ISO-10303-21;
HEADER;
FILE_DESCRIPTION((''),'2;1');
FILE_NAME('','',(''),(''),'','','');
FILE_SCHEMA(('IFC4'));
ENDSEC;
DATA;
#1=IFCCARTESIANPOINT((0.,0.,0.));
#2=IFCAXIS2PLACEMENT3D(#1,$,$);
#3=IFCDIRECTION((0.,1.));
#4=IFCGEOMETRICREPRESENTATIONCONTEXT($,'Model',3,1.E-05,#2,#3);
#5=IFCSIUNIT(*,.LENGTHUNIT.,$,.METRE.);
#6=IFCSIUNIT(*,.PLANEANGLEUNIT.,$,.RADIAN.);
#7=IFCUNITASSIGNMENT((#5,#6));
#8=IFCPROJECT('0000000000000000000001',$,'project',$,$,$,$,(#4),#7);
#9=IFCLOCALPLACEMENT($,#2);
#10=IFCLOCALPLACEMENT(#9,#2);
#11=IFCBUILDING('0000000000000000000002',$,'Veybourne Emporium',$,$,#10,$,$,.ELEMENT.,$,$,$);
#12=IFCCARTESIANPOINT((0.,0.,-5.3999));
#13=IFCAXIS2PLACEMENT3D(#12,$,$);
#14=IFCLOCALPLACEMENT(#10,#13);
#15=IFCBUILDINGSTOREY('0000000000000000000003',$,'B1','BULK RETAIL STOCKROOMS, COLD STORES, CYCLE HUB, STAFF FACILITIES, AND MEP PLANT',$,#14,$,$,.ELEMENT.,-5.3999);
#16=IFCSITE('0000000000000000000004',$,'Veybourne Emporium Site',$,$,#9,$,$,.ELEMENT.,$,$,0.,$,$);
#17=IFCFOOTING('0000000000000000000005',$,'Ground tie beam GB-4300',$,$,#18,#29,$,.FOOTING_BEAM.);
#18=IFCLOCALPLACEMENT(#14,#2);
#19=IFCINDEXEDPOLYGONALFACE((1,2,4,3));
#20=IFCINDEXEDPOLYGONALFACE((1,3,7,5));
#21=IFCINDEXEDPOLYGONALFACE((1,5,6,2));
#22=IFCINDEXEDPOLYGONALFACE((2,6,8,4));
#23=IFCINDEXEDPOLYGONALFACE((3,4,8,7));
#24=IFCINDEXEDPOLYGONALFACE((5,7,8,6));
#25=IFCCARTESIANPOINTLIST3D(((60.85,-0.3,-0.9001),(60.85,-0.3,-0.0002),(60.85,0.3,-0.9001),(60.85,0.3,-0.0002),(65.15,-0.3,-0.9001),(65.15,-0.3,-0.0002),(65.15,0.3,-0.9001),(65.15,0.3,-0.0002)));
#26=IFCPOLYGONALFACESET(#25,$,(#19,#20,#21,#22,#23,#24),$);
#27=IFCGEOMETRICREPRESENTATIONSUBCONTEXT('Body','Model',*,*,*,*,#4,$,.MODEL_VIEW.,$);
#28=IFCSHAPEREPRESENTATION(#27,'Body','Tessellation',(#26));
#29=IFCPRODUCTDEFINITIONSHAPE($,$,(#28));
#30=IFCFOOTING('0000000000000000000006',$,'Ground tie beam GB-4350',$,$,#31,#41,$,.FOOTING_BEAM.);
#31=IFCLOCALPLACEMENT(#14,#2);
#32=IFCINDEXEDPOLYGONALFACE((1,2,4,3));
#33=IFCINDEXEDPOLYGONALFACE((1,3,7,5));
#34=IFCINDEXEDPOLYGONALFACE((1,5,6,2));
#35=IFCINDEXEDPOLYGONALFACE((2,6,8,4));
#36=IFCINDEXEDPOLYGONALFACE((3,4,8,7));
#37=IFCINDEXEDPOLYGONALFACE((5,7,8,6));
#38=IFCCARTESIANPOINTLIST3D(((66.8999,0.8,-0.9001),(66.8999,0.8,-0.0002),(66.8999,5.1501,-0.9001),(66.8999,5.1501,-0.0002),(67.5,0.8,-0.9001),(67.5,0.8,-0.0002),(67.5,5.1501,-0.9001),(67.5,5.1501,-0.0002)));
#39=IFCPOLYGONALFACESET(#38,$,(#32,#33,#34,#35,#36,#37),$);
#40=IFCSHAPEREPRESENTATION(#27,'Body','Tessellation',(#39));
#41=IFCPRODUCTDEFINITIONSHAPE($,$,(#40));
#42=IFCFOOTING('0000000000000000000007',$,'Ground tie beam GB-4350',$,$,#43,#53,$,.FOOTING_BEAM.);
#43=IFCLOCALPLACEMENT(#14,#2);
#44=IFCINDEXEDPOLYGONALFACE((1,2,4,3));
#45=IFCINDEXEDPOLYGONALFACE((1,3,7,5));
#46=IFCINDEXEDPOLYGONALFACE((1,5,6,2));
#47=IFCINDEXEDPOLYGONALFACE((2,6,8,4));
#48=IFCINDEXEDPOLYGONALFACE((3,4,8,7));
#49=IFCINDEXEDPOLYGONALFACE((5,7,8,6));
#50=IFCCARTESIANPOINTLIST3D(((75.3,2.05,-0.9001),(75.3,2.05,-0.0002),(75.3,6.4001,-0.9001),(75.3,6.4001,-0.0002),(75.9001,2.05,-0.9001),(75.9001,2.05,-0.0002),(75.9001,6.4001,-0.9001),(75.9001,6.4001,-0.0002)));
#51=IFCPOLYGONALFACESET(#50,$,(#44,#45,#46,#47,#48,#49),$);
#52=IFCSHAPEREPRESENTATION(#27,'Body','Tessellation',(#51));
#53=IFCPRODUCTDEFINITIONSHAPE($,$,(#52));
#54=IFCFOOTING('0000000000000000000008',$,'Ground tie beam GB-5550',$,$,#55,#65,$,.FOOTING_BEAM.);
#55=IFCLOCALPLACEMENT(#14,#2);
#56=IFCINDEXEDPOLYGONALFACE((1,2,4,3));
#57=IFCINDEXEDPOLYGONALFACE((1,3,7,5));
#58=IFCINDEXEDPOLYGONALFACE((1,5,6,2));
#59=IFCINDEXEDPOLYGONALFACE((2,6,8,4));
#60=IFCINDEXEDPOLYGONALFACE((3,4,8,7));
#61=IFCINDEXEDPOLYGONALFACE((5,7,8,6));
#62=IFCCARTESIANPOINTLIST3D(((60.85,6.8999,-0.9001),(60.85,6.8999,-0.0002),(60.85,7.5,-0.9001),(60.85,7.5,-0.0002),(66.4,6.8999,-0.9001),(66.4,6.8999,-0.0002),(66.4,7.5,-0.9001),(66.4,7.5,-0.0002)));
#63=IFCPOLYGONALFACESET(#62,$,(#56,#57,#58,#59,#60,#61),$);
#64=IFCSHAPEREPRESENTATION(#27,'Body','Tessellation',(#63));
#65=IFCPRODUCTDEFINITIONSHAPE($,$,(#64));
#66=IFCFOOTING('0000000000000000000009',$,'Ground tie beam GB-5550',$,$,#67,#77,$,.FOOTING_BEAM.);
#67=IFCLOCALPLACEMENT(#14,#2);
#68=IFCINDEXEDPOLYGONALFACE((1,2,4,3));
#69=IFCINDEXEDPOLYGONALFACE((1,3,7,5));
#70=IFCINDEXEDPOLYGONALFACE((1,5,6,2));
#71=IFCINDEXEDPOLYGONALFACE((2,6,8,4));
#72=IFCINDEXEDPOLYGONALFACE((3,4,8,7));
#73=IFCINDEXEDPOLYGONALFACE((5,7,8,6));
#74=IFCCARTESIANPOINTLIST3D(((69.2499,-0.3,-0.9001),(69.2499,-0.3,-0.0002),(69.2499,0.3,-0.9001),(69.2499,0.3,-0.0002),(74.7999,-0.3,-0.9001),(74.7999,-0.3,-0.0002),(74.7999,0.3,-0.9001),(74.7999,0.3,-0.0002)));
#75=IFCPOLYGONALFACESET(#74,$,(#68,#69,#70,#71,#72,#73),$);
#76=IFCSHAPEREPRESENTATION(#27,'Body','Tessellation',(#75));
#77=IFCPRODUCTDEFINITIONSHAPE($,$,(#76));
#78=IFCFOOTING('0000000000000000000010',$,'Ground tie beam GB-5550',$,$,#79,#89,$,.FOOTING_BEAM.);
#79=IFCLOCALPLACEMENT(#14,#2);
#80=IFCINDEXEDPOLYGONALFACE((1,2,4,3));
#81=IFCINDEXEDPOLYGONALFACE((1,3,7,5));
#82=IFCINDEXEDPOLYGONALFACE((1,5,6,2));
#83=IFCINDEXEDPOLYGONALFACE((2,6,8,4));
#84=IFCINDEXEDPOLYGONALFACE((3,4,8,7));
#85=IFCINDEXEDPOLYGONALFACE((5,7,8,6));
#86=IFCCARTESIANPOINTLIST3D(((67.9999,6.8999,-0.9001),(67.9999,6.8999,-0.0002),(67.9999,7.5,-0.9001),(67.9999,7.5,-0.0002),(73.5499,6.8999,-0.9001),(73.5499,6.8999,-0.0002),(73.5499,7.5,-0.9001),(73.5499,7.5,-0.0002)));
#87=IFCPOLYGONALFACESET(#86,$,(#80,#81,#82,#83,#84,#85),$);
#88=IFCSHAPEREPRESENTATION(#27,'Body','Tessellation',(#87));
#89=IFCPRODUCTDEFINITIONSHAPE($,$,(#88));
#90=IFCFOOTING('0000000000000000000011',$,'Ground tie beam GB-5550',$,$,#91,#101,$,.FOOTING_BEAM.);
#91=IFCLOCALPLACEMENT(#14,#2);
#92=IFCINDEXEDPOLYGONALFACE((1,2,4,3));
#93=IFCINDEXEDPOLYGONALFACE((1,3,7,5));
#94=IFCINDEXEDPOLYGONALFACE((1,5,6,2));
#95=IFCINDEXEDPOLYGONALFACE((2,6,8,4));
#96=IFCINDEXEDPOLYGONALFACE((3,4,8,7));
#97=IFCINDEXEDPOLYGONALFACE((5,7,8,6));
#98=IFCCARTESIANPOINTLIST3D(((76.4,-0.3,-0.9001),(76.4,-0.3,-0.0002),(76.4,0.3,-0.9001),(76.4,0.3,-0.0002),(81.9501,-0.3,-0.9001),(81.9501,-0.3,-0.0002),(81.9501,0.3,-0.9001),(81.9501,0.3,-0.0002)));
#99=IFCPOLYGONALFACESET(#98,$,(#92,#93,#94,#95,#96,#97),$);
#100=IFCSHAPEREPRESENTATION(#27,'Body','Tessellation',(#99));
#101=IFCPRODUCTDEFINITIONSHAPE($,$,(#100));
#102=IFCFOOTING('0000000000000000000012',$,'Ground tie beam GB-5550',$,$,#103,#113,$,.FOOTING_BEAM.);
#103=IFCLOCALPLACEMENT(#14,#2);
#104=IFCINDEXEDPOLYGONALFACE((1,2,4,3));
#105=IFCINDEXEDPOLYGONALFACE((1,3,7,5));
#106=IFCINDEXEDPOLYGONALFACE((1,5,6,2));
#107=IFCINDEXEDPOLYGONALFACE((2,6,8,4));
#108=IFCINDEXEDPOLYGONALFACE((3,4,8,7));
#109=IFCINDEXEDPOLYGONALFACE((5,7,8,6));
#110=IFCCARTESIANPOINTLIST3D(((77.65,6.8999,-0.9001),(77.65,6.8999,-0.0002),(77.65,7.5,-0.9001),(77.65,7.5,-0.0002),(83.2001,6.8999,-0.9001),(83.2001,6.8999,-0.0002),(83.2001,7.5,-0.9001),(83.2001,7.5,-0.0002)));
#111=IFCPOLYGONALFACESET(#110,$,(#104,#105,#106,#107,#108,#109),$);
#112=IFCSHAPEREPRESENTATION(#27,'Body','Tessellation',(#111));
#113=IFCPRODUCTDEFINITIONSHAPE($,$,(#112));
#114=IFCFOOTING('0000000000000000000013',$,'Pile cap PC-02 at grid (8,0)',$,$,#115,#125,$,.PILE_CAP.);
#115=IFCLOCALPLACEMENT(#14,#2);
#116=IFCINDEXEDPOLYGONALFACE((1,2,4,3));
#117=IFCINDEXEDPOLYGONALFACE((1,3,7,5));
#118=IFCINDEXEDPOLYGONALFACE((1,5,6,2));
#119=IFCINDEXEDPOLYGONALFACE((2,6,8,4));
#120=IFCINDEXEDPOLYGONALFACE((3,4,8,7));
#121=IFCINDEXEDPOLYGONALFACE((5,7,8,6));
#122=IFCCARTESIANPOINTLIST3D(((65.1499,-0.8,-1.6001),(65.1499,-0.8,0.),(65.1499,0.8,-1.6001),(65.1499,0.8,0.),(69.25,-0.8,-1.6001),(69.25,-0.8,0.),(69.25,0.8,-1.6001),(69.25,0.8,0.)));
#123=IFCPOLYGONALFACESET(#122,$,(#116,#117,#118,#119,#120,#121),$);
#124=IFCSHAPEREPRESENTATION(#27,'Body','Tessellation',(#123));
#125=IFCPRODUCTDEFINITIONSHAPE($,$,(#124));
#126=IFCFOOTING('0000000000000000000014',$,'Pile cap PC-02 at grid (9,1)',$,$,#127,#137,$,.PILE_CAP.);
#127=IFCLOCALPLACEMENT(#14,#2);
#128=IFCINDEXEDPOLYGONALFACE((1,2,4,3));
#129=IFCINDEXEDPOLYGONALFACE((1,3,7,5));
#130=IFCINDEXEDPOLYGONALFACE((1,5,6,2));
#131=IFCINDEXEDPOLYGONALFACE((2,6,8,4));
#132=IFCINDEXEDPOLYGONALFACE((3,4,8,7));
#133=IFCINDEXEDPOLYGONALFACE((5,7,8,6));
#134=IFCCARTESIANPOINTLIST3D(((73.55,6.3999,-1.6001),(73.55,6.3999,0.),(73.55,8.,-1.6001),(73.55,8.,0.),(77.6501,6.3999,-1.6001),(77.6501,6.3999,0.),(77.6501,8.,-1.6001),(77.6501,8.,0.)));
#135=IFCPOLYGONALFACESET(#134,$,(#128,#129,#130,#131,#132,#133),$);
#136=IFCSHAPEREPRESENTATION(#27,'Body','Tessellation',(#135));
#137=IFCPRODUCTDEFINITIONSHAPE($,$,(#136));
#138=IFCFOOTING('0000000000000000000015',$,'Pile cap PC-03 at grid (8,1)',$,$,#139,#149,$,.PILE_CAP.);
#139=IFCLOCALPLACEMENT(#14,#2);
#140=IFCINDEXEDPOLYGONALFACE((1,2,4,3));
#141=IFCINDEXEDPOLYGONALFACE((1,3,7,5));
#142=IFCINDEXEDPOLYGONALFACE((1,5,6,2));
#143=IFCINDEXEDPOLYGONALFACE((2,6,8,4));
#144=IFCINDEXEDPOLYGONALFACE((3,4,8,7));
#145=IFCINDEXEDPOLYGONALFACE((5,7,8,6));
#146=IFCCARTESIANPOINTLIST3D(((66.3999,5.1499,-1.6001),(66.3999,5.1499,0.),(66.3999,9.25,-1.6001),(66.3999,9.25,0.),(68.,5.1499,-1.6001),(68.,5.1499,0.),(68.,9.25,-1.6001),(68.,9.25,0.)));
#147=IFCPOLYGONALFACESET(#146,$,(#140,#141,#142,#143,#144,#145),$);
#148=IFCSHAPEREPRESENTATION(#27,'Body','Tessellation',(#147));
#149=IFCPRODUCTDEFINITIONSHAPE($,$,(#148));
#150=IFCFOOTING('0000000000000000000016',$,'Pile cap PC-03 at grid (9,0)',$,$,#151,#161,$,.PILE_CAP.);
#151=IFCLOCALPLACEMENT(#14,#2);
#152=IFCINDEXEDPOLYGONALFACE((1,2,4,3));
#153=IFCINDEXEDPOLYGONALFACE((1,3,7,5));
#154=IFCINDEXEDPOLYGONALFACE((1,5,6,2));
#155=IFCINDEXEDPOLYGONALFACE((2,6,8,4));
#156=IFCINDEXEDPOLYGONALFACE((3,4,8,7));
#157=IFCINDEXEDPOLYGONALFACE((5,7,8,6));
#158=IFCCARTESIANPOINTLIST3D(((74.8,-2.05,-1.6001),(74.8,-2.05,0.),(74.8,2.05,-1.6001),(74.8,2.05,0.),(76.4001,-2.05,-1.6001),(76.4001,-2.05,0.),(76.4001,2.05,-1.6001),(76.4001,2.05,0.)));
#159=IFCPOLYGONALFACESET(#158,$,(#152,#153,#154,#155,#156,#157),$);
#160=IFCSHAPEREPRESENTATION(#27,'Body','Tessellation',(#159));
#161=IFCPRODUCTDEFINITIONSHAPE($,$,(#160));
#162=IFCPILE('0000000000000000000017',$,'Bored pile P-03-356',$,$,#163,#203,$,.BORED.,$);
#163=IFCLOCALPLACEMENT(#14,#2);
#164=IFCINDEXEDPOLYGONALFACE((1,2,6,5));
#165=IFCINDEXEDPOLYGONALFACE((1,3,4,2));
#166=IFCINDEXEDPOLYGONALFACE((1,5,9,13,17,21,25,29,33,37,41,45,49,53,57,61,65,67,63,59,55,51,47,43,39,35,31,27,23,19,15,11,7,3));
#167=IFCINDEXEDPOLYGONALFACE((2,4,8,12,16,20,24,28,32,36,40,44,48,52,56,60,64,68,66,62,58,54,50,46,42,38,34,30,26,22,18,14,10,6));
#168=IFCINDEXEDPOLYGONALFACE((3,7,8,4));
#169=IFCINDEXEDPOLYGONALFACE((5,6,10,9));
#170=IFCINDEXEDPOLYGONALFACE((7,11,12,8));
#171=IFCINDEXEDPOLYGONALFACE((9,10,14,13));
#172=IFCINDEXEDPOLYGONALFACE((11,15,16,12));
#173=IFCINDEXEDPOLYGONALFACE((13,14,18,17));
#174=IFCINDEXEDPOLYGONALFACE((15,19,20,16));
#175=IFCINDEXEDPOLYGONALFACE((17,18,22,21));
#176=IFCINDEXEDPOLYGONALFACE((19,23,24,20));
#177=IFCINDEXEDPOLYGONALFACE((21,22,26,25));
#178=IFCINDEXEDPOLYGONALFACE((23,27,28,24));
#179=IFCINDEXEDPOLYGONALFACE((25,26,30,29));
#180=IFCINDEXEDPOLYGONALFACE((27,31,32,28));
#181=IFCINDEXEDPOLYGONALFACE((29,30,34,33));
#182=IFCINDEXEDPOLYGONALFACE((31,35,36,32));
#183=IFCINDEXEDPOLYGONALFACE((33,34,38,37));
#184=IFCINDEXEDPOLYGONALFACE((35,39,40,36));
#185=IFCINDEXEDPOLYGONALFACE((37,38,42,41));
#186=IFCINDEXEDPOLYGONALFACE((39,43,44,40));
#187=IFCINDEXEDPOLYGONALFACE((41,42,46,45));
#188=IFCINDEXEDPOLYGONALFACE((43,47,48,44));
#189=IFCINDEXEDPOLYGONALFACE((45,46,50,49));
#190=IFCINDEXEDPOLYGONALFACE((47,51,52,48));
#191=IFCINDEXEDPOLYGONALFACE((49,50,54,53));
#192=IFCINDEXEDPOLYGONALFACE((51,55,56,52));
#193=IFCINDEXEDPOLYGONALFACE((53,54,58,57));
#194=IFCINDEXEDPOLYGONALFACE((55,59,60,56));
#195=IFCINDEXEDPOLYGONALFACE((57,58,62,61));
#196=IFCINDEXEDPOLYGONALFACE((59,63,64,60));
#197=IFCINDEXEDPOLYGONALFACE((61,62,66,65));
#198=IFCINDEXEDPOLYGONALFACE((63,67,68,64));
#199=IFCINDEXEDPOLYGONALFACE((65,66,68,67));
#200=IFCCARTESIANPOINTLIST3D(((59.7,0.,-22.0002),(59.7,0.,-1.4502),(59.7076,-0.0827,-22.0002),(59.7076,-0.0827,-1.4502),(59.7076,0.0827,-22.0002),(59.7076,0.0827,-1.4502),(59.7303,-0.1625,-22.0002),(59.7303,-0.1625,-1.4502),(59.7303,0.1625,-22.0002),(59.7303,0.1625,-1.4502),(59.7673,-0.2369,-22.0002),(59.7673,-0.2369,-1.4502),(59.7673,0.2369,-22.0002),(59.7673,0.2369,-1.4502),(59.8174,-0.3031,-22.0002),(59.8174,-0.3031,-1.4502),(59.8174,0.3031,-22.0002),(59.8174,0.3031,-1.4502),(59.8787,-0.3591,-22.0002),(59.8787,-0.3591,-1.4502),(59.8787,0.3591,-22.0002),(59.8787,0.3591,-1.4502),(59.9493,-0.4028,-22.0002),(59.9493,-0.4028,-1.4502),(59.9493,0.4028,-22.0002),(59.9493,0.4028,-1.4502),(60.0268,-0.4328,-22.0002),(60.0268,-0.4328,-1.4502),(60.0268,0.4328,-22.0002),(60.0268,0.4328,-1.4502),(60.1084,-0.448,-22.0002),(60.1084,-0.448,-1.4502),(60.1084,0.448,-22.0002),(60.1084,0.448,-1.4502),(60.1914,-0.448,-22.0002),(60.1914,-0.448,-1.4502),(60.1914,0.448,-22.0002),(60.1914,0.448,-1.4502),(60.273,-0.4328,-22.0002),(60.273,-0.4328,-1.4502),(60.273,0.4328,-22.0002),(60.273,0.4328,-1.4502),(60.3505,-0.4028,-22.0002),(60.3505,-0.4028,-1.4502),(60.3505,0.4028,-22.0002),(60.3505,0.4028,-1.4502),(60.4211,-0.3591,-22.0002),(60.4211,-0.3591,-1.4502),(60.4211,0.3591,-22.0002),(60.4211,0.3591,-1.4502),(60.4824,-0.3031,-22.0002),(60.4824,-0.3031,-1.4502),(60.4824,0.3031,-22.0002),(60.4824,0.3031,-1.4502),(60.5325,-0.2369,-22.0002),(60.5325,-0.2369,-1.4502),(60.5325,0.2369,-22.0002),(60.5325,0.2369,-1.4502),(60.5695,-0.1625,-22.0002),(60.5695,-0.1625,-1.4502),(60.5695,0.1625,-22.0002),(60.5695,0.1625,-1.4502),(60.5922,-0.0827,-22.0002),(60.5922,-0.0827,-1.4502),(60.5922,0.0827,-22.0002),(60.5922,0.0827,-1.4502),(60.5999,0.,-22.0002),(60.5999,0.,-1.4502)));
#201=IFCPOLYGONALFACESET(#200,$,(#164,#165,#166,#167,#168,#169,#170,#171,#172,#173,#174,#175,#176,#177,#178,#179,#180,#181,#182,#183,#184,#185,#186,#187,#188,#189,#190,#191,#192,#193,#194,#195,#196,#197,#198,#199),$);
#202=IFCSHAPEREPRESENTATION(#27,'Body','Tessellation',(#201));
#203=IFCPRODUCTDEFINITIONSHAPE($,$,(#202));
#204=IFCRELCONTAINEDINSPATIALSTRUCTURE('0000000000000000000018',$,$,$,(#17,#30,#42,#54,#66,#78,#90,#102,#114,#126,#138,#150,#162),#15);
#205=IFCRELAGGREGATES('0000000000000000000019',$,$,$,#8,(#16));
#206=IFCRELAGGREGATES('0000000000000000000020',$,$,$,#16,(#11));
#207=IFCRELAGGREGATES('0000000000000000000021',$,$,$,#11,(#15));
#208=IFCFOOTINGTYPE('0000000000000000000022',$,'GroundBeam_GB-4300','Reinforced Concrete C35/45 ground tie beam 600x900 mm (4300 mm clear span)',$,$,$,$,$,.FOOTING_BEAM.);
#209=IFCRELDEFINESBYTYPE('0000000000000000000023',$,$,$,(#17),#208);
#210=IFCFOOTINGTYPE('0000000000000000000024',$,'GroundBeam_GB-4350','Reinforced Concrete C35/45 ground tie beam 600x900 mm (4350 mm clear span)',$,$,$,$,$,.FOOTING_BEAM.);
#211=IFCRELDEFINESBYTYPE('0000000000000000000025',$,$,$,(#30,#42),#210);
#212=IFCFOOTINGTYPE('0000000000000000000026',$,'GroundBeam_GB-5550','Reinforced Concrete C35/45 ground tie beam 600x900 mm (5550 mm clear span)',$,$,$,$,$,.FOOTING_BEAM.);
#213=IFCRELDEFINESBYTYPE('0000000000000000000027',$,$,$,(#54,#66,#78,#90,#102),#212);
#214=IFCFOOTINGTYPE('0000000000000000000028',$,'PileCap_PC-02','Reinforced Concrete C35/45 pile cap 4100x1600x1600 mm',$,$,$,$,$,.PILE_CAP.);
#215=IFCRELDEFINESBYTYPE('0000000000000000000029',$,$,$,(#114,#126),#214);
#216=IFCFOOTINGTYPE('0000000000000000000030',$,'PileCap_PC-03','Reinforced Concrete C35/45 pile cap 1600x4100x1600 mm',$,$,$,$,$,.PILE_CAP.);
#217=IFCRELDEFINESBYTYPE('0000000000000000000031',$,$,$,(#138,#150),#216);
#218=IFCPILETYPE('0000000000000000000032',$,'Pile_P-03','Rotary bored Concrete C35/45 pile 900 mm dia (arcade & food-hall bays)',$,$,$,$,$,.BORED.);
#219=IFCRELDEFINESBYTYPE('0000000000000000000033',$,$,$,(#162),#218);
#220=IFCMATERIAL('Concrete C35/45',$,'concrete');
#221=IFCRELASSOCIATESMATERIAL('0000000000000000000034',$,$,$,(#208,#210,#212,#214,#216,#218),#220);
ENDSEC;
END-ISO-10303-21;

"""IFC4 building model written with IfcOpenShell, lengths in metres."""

from ifc_helpers import new_model, si_unit, direction, frame, origin, origin_2d, place, context, subcontext, project, spatial, rectangle, circle, extrude, material, material_profile, profile_set, type_object, element, save


model = new_model("IFC4")

# Units and contexts
model_context = context("Model", 3, precision=1e-05, world=origin(), true_north=direction((0.0, 1.0)))
body_context = subcontext(model_context, "Body", "Model", "MODEL_VIEW")
ifc_project = project(units=[si_unit("LENGTHUNIT", "METRE"), si_unit("PLANEANGLEUNIT", "RADIAN")], contexts=[model_context])

# Site, building, storey
site_placement = place(None, origin())
site = spatial("IfcSite", under=ifc_project, at=site_placement, Name="Veybourne Emporium Site", CompositionType="ELEMENT", RefElevation=0.0)
building_placement = place(site_placement, origin())
building = spatial("IfcBuilding", under=site, at=building_placement, Name="Veybourne Emporium", CompositionType="ELEMENT")
storey_placement = place(building_placement, frame((0.0, 0.0, -5.3999)))
storey = spatial("IfcBuildingStorey", under=building, at=storey_placement, Name="B1", Description="BULK RETAIL STOCKROOMS, COLD STORES, CYCLE HUB, STAFF FACILITIES, AND MEP PLANT", CompositionType="ELEMENT", Elevation=-5.3999)

# Footings
ifc_material_1 = material(Name="Concrete C35/45", Category="concrete")
footing_type_1 = type_object("IfcFootingType", Name="GroundBeam_GB-4300", Description="Reinforced Concrete C35/45 ground tie beam 600x900 mm (4300 mm clear span)", PredefinedType="FOOTING_BEAM", material=ifc_material_1)
footing_placement = place(storey_placement, frame((63.0, 0.0, -0.9001), z_axis=(0.0, 0.0, 1.0), x_axis=(1.0, 0.0, 0.0)))
element("IfcFooting", 1, at=footing_placement, inside=storey, type_object=footing_type_1, Name="Ground tie beam GB-4300", PredefinedType="FOOTING_BEAM", context=body_context, shape_type="SweptSolid", body=[
    extrude(rectangle(XDim=4.3, YDim=0.6001, at=origin_2d()), origin(), (0.0, 0.0, 1.0), 0.8999),
])
footing_type_2 = type_object("IfcFootingType", Name="GroundBeam_GB-4350", Description="Reinforced Concrete C35/45 ground tie beam 600x900 mm (4350 mm clear span)", PredefinedType="FOOTING_BEAM", material=ifc_material_1)
for number, where, z_axis, x_axis, name in (
    (2, (67.2, 2.9751, -0.9001), (0.0, 0.0, 1.0), (0.0, 1.0, 0.0), "Ground tie beam GB-4350"),
    (3, (75.6001, 4.2251, -0.9001), (0.0, 0.0, 1.0), (0.0, 1.0, 0.0), "Ground tie beam GB-4350"),
):
    element("IfcFooting", number, at=place(storey_placement, frame(where, z_axis=z_axis, x_axis=x_axis)), inside=storey, type_object=footing_type_2, Name=name, PredefinedType="FOOTING_BEAM", context=body_context, shape_type="SweptSolid", body=[
        extrude(rectangle(XDim=4.3501, YDim=0.6001, at=origin_2d()), origin(), (0.0, 0.0, 1.0), 0.8999),
    ])
footing_type_3 = type_object("IfcFootingType", Name="GroundBeam_GB-5550", Description="Reinforced Concrete C35/45 ground tie beam 600x900 mm (5550 mm clear span)", PredefinedType="FOOTING_BEAM", material=ifc_material_1)
for number, where, z_axis, x_axis, name in (
    (4, (63.625, 7.2, -0.9001), (0.0, 0.0, 1.0), (1.0, 0.0, 0.0), "Ground tie beam GB-5550"),
    (5, (72.0249, 0.0, -0.9001), (0.0, 0.0, 1.0), (1.0, 0.0, 0.0), "Ground tie beam GB-5550"),
    (6, (70.7749, 7.2, -0.9001), (0.0, 0.0, 1.0), (1.0, 0.0, 0.0), "Ground tie beam GB-5550"),
    (7, (79.175, 0.0, -0.9001), (0.0, 0.0, 1.0), (1.0, 0.0, 0.0), "Ground tie beam GB-5550"),
    (8, (80.425, 7.2, -0.9001), (0.0, 0.0, 1.0), (1.0, 0.0, 0.0), "Ground tie beam GB-5550"),
):
    element("IfcFooting", number, at=place(storey_placement, frame(where, z_axis=z_axis, x_axis=x_axis)), inside=storey, type_object=footing_type_3, Name=name, PredefinedType="FOOTING_BEAM", context=body_context, shape_type="SweptSolid", body=[
        extrude(rectangle(XDim=5.55, YDim=0.6001, at=origin_2d()), origin(), (0.0, 0.0, 1.0), 0.8999),
    ])
footing_type_4 = type_object("IfcFootingType", Name="PileCap_PC-02", Description="Reinforced Concrete C35/45 pile cap 4100x1600x1600 mm", PredefinedType="PILE_CAP", material=ifc_material_1)
for number, where, z_axis, x_axis, name in (
    (9, (67.2, 0.0, -1.6001), (0.0, 0.0, 1.0), (1.0, 0.0, 0.0), "Pile cap PC-02 at grid (8,0)"),
    (10, (75.6001, 7.2, -1.6001), (0.0, 0.0, 1.0), (1.0, 0.0, 0.0), "Pile cap PC-02 at grid (9,1)"),
):
    element("IfcFooting", number, at=place(storey_placement, frame(where, z_axis=z_axis, x_axis=x_axis)), inside=storey, type_object=footing_type_4, Name=name, PredefinedType="PILE_CAP", context=body_context, shape_type="SweptSolid", body=[
        extrude(rectangle(XDim=4.1001, YDim=1.6001, at=origin_2d()), origin(), (0.0, 0.0, 1.0), 1.6001),
    ])
footing_type_5 = type_object("IfcFootingType", Name="PileCap_PC-03", Description="Reinforced Concrete C35/45 pile cap 1600x4100x1600 mm", PredefinedType="PILE_CAP", material=ifc_material_1)
for number, where, z_axis, x_axis, name in (
    (11, (67.2, 7.2, -1.6001), (0.0, 0.0, 1.0), (1.0, 0.0, 0.0), "Pile cap PC-03 at grid (8,1)"),
    (12, (75.6001, 0.0, -1.6001), (0.0, 0.0, 1.0), (1.0, 0.0, 0.0), "Pile cap PC-03 at grid (9,0)"),
):
    element("IfcFooting", number, at=place(storey_placement, frame(where, z_axis=z_axis, x_axis=x_axis)), inside=storey, type_object=footing_type_5, Name=name, PredefinedType="PILE_CAP", context=body_context, shape_type="SweptSolid", body=[
        extrude(rectangle(XDim=1.6001, YDim=4.1001, at=origin_2d()), origin(), (0.0, 0.0, 1.0), 1.6001),
    ])

# Pile
ifc_material_profile_1 = material_profile(ifc_material_1, circle(Radius=0.45, at=origin_2d()), Name="BORED PILE 900")
ifc_profile_set_1 = profile_set([ifc_material_profile_1], Name="Concrete C35/45")
pile_type = type_object("IfcPileType", Name="Pile_P-03", Description="Rotary bored Concrete C35/45 pile 900 mm dia (arcade & food-hall bays)", PredefinedType="BORED", material=ifc_profile_set_1)
for number, where, z_axis, x_axis, name in (
    (13, (60.1499, 0.0, -1.4502), (0.0, 0.0, -1.0), (1.0, 0.0, 0.0), "Bored pile P-03-356"),
):
    element("IfcPile", number, at=place(storey_placement, frame(where, z_axis=z_axis, x_axis=x_axis)), inside=storey, type_object=pile_type, Name=name, PredefinedType="BORED", context=body_context, shape_type="SweptSolid", body=[
        extrude(circle(Radius=0.45, at=origin_2d()), origin(), (0.0, 0.0, 1.0), 20.55),
    ])

save(model, "model.ifc")
